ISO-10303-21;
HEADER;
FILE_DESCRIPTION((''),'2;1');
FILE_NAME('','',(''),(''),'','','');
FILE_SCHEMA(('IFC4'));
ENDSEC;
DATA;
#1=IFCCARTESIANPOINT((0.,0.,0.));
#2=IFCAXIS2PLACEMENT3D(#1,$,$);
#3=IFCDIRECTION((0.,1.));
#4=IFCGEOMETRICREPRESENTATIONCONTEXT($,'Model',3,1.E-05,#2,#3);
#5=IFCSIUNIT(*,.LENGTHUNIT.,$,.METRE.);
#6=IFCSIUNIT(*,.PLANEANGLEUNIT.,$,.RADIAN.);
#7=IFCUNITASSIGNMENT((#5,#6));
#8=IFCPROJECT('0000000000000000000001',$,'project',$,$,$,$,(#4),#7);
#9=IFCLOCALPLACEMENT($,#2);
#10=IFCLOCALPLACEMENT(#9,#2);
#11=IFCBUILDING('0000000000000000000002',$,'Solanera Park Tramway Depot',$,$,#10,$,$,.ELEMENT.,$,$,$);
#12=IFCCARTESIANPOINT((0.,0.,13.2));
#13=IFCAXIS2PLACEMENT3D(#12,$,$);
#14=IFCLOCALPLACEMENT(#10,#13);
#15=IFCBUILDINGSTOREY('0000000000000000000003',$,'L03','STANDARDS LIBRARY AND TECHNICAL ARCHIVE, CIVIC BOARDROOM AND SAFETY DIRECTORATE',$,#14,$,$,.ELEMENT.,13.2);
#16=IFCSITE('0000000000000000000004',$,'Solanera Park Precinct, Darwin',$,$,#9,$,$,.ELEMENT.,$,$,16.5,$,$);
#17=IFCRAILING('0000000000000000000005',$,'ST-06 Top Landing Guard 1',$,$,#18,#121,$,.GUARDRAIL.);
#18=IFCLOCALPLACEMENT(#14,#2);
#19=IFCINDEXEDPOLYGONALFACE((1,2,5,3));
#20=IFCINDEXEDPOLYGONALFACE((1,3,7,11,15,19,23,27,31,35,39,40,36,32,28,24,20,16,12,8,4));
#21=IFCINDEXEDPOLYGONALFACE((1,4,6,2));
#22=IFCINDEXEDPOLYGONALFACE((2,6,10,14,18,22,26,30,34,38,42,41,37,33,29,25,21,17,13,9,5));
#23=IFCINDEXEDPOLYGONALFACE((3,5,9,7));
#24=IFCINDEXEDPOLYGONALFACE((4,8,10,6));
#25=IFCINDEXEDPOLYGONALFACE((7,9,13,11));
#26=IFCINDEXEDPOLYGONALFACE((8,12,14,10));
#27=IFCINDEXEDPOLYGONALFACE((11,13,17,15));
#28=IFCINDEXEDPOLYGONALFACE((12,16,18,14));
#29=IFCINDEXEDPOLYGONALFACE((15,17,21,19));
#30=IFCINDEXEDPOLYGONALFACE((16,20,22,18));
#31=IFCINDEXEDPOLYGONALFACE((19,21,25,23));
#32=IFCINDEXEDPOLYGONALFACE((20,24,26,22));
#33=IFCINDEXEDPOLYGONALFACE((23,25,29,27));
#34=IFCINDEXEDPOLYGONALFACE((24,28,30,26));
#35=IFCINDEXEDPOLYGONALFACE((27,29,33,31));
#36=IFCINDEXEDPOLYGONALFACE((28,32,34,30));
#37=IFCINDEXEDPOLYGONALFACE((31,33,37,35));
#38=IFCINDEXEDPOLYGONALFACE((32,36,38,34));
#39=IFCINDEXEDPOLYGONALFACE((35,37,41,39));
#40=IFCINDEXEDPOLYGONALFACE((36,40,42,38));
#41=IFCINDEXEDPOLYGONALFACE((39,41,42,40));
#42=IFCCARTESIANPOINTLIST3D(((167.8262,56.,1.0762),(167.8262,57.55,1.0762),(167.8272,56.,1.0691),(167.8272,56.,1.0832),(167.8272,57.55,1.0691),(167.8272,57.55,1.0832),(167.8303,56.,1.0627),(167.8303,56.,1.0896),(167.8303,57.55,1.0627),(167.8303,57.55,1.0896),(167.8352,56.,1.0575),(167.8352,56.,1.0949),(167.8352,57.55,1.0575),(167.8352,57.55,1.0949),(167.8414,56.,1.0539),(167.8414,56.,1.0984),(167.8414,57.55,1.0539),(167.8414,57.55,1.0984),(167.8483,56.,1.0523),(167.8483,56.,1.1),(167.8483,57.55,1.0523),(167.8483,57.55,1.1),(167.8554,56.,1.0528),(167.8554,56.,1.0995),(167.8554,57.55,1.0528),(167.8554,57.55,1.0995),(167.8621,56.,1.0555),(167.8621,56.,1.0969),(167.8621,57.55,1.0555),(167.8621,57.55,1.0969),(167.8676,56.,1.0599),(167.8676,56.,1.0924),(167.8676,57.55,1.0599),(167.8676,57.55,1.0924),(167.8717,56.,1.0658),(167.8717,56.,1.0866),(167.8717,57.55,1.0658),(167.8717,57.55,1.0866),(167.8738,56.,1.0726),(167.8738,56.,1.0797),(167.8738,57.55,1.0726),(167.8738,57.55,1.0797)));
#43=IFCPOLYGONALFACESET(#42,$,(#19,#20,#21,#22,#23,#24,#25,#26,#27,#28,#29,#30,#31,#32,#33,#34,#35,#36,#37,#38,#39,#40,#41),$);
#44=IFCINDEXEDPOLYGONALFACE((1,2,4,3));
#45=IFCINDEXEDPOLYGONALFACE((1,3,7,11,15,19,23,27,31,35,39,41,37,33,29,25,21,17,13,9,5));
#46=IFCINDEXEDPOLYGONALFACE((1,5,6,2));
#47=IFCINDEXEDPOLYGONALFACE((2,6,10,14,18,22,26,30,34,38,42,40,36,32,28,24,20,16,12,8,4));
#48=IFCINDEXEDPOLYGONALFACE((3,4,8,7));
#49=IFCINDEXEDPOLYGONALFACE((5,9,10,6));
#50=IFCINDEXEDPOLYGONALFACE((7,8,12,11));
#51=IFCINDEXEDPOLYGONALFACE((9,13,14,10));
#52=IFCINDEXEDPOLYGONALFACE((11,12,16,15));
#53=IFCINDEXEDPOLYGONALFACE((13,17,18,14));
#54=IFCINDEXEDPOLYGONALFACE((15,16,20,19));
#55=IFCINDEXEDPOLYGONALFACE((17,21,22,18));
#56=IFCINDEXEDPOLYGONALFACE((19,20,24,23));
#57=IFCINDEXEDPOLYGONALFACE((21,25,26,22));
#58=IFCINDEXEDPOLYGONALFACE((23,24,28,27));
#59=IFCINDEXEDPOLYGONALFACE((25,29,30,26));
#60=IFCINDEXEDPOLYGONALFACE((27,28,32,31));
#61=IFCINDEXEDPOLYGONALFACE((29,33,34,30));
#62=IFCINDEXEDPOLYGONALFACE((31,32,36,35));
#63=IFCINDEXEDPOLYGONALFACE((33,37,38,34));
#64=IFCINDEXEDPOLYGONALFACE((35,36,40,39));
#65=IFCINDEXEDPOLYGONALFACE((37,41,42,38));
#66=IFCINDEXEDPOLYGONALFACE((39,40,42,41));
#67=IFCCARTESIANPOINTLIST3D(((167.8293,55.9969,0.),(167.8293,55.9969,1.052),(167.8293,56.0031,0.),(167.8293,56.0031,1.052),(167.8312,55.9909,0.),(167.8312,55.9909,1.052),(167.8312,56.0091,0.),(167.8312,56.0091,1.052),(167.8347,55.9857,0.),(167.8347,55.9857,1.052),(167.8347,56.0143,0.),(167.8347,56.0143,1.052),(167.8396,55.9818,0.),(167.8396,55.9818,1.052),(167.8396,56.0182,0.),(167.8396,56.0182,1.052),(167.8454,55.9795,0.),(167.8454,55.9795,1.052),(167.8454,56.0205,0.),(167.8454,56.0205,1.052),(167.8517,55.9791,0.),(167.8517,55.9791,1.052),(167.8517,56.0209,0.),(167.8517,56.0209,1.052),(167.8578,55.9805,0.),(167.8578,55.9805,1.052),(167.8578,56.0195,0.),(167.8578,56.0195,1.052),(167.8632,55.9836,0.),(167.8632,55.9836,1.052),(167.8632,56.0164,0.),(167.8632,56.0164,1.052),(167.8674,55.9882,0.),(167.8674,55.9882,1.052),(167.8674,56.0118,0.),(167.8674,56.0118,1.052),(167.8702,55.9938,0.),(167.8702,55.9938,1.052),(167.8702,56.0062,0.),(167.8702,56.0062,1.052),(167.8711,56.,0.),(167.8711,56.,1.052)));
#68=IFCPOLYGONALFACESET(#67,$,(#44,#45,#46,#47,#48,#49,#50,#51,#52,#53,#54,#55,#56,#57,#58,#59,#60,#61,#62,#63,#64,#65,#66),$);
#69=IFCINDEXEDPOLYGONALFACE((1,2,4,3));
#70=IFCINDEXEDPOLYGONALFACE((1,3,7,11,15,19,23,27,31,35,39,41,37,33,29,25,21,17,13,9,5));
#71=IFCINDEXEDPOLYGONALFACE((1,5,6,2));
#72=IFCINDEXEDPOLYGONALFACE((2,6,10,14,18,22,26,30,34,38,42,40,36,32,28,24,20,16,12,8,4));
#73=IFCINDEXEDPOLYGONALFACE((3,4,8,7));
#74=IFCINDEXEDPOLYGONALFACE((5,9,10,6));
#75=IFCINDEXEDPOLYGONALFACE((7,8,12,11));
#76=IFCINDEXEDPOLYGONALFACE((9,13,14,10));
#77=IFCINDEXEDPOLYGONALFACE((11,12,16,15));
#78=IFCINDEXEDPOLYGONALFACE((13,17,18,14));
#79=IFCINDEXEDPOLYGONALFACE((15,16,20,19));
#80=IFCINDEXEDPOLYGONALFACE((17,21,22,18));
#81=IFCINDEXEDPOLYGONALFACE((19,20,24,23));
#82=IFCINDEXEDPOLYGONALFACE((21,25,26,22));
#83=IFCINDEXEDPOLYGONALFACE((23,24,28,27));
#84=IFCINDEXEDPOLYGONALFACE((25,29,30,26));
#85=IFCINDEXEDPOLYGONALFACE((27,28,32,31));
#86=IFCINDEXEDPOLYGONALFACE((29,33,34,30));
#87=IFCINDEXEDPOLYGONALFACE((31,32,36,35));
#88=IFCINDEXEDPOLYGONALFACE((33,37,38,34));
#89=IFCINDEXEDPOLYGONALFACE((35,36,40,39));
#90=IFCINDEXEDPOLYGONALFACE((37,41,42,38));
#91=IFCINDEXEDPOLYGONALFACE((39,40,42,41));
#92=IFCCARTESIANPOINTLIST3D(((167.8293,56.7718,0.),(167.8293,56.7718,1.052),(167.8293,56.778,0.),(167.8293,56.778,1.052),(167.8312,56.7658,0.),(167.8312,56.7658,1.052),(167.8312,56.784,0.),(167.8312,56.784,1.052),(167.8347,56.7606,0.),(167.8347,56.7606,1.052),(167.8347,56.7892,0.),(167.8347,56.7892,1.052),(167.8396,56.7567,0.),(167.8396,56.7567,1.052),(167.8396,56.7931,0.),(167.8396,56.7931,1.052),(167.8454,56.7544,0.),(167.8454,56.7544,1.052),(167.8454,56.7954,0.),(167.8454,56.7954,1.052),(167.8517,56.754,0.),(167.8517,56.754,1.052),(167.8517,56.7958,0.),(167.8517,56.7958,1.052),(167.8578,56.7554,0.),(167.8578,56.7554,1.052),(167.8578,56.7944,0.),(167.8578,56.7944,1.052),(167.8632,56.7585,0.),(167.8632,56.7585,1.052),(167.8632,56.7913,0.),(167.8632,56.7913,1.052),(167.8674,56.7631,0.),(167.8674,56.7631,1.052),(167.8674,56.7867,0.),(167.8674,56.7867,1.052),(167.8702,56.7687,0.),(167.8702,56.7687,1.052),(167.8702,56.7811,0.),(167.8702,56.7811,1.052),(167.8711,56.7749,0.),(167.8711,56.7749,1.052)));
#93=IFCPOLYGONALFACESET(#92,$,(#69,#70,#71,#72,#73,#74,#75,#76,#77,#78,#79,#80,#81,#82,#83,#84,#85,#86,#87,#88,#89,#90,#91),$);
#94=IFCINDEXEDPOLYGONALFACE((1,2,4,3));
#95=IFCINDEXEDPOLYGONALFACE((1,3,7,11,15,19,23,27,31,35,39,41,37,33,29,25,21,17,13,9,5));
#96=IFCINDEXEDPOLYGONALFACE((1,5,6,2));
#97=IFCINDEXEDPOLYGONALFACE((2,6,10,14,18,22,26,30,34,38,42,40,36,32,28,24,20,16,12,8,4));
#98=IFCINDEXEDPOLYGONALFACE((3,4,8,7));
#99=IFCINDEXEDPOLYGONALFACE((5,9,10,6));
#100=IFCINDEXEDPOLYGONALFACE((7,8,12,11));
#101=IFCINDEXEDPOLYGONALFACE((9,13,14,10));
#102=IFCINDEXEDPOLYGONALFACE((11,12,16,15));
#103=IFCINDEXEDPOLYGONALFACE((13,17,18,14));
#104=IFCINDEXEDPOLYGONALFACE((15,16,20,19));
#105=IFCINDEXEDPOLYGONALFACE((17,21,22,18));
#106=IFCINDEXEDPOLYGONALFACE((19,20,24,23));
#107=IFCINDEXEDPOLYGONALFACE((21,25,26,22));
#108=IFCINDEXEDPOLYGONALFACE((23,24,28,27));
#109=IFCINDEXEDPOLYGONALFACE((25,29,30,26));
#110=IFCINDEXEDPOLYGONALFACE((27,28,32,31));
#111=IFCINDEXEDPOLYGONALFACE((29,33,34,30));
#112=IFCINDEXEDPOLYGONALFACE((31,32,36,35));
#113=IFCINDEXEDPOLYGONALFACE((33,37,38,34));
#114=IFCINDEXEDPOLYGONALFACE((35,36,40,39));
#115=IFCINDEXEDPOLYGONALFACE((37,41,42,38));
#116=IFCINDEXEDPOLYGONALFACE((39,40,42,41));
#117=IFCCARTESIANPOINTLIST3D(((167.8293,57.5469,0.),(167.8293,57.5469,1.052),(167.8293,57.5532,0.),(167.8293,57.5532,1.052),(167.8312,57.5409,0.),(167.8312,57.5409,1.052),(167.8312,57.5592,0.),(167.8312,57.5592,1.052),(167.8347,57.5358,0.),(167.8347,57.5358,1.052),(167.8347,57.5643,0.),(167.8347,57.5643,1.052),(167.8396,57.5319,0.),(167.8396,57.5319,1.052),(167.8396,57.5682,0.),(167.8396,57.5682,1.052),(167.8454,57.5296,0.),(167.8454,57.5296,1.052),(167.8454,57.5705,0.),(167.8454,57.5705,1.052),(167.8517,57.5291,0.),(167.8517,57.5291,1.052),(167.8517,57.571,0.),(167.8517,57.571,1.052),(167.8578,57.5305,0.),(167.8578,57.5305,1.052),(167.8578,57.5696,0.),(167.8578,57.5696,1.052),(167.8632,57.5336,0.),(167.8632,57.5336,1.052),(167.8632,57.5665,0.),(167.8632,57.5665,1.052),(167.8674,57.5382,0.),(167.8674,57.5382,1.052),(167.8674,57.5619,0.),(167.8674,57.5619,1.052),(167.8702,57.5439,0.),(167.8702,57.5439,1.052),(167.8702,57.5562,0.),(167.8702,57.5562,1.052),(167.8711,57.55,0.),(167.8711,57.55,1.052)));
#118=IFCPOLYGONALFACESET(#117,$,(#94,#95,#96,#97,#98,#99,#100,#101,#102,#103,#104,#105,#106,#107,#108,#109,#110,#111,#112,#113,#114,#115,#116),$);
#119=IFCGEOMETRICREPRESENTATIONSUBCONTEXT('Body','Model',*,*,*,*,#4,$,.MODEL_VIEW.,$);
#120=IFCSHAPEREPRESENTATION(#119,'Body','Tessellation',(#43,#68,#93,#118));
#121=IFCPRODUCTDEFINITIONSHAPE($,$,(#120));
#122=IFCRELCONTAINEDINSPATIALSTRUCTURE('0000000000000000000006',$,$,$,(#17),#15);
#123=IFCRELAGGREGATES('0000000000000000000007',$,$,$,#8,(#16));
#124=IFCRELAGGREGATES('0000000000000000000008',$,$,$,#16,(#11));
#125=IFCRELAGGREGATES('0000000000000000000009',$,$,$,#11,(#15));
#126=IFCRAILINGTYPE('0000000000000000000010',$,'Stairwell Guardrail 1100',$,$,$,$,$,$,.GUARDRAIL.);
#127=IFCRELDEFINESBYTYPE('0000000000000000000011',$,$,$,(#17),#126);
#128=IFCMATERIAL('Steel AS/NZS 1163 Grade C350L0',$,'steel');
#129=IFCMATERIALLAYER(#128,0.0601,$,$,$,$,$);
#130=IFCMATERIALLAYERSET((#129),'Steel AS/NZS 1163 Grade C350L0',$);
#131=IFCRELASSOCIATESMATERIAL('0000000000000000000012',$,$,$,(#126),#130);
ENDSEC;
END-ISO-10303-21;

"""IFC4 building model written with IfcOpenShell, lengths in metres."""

from ifc_helpers import new_model, si_unit, direction, frame, origin, origin_2d, place, context, subcontext, project, spatial, circle, extrude, material, layer, layer_set, type_object, element, save


model = new_model("IFC4")

# Units and contexts
model_context = context("Model", 3, precision=1e-05, world=origin(), true_north=direction((0.0, 1.0)))
body_context = subcontext(model_context, "Body", "Model", "MODEL_VIEW")
ifc_project = project(units=[si_unit("LENGTHUNIT", "METRE"), si_unit("PLANEANGLEUNIT", "RADIAN")], contexts=[model_context])

# Site, building, storey
site_placement = place(None, origin())
site = spatial("IfcSite", under=ifc_project, at=site_placement, Name="Solanera Park Precinct, Darwin", CompositionType="ELEMENT", RefElevation=16.5)
building_placement = place(site_placement, origin())
building = spatial("IfcBuilding", under=site, at=building_placement, Name="Solanera Park Tramway Depot", CompositionType="ELEMENT")
storey_placement = place(building_placement, frame((0.0, 0.0, 13.2)))
storey = spatial("IfcBuildingStorey", under=building, at=storey_placement, Name="L03", Description="STANDARDS LIBRARY AND TECHNICAL ARCHIVE, CIVIC BOARDROOM AND SAFETY DIRECTORATE", CompositionType="ELEMENT", Elevation=13.2)

# Railing
ifc_material_1 = material(Name="Steel AS/NZS 1163 Grade C350L0", Category="steel")
ifc_layer_1 = layer(ifc_material_1, 0.0601)
ifc_layer_set_1 = layer_set([ifc_layer_1], Name="Steel AS/NZS 1163 Grade C350L0")
railing_type_1 = type_object("IfcRailingType", Name="Stairwell Guardrail 1100", PredefinedType="GUARDRAIL", material=ifc_layer_set_1)
railing_1_placement = place(storey_placement, frame((167.8501, 56.0, 0.0)))
element("IfcRailing", 1, at=railing_1_placement, inside=storey, type_object=railing_type_1, Name="ST-06 Top Landing Guard 1", PredefinedType="GUARDRAIL", context=body_context, shape_type="SweptSolid", body=[
    extrude(circle(Radius=0.0239, at=origin_2d()), frame((0.0, 0.0, 1.0762), z_axis=(0.0, 1.0, 0.0), x_axis=(-1.0, 0.0, 0.0)), (0.0, 0.0, 1.0), 1.55),
    extrude(circle(Radius=0.021, at=origin_2d()), origin(), (0.0, 0.0, 1.0), 1.052),
    extrude(circle(Radius=0.021, at=origin_2d()), frame((0.0, 0.7749, 0.0)), (0.0, 0.0, 1.0), 1.052),
    extrude(circle(Radius=0.021, at=origin_2d()), frame((0.0, 1.55, 0.0)), (0.0, 0.0, 1.0), 1.052),
])

save(model, "model.ifc")
